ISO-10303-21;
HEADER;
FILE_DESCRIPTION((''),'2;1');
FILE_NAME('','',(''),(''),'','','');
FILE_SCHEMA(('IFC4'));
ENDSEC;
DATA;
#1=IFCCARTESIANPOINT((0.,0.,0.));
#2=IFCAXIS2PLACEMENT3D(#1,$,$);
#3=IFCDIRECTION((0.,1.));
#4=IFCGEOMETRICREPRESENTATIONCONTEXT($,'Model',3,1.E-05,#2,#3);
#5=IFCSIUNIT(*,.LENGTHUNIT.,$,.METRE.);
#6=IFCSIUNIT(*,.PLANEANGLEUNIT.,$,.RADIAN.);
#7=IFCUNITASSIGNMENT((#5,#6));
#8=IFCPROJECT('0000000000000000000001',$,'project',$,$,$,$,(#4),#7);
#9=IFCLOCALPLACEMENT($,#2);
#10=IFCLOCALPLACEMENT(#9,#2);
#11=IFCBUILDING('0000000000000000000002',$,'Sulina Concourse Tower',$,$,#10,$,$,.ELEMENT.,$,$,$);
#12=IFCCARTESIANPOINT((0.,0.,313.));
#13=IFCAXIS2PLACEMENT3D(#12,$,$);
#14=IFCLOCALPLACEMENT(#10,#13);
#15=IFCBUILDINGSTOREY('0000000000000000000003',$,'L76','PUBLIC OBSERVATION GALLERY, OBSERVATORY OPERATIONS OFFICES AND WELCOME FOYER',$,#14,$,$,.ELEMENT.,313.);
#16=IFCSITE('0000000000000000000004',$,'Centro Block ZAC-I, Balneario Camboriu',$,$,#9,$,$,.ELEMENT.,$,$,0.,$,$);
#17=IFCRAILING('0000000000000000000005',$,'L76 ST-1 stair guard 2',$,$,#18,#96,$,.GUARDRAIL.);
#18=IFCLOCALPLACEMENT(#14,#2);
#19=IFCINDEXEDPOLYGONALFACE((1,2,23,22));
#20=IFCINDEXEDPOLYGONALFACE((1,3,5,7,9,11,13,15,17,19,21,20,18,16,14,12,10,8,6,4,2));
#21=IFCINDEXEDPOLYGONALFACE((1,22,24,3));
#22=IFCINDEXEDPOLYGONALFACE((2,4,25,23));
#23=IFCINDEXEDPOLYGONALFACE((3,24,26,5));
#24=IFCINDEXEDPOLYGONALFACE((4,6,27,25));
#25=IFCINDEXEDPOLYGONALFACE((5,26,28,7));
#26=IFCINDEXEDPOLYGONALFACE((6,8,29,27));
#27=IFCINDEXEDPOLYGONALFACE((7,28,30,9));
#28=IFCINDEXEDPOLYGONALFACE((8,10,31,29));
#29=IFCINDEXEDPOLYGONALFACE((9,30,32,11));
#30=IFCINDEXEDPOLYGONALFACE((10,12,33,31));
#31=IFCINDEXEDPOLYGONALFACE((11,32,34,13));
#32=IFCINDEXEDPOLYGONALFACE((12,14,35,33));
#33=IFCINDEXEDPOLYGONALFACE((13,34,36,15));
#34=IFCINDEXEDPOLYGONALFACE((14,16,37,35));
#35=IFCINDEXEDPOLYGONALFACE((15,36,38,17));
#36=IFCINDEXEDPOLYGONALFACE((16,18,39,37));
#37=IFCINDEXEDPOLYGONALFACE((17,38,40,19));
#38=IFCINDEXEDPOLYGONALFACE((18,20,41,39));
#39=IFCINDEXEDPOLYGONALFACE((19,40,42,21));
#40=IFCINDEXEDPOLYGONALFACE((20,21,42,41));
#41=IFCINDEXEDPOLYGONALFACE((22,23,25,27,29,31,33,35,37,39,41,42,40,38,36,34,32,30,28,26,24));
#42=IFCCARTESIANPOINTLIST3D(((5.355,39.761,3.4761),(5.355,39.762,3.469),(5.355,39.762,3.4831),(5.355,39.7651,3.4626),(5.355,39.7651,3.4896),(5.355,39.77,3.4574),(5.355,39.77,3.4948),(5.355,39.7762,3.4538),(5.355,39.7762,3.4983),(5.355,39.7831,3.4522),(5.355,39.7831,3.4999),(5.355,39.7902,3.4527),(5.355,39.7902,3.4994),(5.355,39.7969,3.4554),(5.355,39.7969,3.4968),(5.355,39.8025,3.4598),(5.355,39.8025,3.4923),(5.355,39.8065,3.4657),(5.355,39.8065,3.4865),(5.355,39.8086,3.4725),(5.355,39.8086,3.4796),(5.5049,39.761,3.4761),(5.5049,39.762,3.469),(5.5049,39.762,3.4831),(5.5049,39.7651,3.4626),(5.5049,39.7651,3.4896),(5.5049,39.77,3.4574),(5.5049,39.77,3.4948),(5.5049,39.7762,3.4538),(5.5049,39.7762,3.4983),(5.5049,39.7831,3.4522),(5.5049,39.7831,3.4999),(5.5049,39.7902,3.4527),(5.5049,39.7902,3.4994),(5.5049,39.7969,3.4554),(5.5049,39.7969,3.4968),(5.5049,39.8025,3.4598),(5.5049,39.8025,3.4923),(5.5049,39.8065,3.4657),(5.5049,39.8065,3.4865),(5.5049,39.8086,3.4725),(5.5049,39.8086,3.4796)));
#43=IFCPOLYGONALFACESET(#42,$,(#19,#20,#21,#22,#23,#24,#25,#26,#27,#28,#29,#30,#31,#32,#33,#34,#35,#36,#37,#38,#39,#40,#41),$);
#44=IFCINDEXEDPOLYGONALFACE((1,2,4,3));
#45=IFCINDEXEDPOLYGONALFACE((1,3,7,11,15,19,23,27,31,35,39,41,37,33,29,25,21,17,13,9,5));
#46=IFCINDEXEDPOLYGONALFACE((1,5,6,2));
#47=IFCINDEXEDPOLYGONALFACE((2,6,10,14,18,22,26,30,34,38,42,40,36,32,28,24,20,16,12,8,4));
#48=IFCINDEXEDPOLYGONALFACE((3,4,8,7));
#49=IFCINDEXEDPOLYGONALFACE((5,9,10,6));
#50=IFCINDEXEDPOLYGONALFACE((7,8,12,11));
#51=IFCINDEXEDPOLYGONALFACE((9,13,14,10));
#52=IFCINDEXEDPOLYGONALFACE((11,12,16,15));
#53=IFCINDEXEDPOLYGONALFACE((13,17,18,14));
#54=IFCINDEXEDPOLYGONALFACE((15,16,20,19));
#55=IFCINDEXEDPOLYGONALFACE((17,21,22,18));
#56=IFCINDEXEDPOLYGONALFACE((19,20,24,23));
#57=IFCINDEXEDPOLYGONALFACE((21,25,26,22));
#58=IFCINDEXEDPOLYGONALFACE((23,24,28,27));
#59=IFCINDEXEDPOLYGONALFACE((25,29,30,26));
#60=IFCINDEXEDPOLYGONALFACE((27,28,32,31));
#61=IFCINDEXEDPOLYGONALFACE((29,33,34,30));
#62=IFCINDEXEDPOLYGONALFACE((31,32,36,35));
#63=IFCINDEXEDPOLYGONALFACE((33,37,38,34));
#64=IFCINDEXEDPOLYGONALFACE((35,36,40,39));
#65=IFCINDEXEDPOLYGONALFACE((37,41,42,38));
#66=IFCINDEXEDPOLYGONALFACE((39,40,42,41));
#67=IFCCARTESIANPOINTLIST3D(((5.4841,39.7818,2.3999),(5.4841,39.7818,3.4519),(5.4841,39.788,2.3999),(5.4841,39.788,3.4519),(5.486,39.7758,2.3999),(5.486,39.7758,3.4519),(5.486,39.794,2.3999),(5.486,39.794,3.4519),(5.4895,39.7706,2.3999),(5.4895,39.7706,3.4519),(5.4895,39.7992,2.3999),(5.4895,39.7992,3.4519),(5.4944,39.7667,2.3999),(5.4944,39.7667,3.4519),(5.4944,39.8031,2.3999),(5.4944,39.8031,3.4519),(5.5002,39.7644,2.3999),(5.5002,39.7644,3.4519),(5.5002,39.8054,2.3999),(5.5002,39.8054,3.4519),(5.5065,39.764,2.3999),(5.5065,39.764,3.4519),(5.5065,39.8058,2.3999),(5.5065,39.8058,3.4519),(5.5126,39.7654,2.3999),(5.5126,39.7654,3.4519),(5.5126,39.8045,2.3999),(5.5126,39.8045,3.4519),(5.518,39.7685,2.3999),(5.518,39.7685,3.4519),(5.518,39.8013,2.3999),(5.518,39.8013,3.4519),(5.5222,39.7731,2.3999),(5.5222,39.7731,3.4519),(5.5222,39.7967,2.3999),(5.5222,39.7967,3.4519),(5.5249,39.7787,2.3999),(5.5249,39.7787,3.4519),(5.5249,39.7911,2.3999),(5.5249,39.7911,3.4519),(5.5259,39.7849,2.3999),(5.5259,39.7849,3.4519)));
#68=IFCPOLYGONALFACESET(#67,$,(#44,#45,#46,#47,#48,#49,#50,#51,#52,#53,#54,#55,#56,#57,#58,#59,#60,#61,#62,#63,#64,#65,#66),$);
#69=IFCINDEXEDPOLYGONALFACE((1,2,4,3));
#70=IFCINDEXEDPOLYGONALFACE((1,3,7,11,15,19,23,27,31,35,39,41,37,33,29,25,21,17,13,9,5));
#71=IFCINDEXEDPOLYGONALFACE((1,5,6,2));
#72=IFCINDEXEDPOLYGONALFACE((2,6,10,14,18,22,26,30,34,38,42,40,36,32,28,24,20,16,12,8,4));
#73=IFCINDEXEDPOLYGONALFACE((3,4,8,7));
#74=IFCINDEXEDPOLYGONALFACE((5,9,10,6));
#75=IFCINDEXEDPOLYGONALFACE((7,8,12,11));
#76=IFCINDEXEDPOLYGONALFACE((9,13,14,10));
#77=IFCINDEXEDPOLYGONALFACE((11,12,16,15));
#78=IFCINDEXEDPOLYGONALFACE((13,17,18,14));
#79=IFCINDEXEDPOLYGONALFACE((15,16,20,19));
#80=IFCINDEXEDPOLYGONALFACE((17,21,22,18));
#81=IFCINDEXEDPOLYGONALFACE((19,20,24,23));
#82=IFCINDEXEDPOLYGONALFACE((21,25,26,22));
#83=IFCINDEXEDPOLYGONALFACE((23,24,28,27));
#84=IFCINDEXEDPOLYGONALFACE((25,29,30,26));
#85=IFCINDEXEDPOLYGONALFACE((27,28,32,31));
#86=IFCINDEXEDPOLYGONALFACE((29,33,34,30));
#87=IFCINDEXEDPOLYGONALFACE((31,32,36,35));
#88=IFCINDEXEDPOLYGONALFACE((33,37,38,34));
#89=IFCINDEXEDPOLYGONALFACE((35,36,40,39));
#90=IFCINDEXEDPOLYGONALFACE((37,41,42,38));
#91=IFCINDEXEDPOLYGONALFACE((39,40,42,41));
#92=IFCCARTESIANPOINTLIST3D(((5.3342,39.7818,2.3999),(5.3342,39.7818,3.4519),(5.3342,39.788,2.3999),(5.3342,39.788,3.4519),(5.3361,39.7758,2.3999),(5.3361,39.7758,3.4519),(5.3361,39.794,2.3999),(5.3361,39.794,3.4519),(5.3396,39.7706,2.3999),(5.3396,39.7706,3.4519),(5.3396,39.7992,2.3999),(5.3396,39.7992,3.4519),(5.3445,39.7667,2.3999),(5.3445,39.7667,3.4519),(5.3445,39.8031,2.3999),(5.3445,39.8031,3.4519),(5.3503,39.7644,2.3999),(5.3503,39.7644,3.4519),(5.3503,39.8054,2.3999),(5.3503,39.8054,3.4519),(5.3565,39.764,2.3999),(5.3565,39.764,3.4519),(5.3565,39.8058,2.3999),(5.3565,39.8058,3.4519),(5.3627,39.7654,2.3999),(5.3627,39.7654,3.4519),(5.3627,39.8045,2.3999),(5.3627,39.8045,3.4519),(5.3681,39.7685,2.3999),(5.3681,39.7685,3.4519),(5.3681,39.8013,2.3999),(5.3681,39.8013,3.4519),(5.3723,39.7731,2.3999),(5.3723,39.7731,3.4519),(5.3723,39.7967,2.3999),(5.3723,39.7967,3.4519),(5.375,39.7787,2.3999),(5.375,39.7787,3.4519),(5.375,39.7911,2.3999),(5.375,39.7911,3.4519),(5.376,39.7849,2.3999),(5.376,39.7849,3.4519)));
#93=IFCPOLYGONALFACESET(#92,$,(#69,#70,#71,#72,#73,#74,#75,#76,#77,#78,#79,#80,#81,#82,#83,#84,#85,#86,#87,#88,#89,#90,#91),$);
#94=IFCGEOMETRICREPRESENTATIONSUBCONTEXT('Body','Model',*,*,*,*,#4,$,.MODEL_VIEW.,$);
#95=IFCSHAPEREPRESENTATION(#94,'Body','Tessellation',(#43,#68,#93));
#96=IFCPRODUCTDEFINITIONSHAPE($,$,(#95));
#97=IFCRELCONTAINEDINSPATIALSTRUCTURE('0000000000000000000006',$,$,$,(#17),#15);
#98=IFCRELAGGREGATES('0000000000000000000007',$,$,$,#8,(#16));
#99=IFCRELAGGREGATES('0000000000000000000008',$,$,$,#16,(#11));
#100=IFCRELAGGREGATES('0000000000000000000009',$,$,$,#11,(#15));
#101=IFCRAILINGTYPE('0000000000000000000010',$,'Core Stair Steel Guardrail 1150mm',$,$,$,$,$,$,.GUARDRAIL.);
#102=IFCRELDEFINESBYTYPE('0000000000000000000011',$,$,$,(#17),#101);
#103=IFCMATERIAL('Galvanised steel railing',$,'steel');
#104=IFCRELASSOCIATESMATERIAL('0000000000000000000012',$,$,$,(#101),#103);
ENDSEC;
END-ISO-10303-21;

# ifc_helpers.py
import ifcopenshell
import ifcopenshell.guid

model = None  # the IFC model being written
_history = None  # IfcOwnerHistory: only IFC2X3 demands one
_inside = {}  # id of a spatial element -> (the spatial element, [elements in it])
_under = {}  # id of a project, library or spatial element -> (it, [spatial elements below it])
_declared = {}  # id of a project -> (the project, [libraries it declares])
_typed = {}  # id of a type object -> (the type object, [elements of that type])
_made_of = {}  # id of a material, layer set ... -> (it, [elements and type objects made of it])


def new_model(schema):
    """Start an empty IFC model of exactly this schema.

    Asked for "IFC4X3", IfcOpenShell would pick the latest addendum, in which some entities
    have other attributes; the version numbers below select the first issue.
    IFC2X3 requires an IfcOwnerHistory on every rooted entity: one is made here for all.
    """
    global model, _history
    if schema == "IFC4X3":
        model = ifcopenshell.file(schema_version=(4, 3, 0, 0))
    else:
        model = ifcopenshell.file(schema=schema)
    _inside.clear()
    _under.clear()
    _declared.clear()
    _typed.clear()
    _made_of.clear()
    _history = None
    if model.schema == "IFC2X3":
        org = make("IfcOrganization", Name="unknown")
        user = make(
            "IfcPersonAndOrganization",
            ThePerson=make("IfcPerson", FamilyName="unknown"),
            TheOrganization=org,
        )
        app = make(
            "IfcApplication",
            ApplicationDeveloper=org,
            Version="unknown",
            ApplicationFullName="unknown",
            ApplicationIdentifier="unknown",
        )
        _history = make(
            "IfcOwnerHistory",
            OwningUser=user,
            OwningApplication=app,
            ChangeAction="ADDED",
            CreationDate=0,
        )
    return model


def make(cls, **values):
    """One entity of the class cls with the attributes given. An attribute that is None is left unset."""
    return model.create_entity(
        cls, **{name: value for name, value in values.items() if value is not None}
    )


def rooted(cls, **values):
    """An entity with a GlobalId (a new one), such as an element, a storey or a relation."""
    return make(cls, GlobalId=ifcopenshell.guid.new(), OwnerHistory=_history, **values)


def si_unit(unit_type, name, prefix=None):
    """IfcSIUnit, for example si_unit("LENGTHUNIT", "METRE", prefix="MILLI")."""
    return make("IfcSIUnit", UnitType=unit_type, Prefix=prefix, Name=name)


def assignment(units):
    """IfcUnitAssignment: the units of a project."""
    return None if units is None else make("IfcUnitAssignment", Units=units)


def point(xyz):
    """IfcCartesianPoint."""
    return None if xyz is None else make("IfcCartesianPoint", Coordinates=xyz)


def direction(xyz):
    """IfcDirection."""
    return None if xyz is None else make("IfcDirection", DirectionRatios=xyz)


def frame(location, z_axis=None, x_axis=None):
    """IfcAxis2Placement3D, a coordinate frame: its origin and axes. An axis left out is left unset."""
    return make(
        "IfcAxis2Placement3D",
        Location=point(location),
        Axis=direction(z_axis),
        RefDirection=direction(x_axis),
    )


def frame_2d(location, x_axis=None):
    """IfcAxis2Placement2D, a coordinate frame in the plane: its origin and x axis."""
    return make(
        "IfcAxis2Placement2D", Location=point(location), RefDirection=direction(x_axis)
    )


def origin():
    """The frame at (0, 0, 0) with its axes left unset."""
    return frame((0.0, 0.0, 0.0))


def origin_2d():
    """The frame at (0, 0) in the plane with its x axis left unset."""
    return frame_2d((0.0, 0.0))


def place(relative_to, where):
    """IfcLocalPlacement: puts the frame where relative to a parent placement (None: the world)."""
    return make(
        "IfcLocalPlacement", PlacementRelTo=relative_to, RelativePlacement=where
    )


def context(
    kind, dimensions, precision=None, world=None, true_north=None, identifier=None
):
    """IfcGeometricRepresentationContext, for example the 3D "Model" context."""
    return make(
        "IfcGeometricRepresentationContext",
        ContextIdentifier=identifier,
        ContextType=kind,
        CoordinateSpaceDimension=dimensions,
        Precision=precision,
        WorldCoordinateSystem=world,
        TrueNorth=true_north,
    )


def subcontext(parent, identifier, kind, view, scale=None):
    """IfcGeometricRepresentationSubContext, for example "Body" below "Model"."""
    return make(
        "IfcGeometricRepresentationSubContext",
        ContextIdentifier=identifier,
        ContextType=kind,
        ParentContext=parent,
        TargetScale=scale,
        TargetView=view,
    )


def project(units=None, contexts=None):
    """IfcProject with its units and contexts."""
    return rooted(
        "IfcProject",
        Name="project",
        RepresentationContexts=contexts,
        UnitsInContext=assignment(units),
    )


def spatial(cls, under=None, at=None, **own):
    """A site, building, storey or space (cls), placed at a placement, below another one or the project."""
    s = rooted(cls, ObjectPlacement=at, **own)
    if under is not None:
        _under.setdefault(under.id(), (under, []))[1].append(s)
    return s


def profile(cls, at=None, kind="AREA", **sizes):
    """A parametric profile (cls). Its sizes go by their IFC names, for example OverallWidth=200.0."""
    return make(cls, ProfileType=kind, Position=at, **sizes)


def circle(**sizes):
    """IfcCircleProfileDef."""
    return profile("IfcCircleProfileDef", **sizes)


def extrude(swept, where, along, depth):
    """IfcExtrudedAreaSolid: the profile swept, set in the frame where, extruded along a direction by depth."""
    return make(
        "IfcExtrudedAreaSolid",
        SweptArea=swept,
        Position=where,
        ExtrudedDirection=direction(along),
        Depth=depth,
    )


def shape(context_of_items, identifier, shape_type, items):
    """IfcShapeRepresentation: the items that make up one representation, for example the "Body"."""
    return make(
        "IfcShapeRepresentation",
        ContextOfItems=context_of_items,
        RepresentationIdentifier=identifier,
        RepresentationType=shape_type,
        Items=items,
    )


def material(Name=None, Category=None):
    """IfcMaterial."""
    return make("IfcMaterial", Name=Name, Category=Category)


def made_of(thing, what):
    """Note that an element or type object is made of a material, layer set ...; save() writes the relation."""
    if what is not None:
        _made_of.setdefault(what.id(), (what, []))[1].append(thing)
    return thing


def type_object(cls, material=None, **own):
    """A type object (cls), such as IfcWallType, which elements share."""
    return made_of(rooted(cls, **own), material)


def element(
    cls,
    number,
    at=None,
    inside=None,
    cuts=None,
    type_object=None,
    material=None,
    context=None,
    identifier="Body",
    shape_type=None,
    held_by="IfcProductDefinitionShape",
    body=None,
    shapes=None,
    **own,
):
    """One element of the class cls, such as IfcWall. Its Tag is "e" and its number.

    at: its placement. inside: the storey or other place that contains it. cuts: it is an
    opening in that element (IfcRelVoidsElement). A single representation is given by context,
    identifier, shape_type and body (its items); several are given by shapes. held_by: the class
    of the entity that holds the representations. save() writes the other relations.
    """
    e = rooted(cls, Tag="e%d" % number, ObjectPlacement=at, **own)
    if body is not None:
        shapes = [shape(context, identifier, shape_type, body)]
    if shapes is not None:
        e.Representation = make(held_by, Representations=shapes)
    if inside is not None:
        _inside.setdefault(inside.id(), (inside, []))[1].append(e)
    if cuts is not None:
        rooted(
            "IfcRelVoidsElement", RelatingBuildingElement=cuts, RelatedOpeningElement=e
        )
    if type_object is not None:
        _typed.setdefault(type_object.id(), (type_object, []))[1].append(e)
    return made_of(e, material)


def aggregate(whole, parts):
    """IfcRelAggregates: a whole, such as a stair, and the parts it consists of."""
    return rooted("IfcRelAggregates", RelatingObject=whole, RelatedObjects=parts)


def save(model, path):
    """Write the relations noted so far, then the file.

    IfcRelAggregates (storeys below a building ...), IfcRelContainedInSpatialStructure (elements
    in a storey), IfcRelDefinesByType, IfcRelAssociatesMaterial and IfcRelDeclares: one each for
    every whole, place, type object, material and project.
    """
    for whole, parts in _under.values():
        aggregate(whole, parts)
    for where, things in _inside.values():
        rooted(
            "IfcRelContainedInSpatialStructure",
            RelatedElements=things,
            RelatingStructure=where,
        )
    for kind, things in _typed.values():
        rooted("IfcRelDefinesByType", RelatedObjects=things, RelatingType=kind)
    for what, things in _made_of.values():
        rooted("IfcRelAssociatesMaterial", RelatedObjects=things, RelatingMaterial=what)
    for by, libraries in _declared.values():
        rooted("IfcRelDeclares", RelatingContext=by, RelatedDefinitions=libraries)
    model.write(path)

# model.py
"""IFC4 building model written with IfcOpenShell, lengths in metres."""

from ifc_helpers import new_model, si_unit, direction, frame, origin, origin_2d, place, context, subcontext, project, spatial, circle, extrude, material, type_object, element, save


model = new_model("IFC4")

# Units and contexts
model_context = context("Model", 3, precision=1e-05, world=origin(), true_north=direction((0.0, 1.0)))
body_context = subcontext(model_context, "Body", "Model", "MODEL_VIEW")
ifc_project = project(units=[si_unit("LENGTHUNIT", "METRE"), si_unit("PLANEANGLEUNIT", "RADIAN")], contexts=[model_context])

# Site, building, storey
site_placement = place(None, origin())
site = spatial("IfcSite", under=ifc_project, at=site_placement, Name="Centro Block ZAC-I, Balneario Camboriu", CompositionType="ELEMENT", RefElevation=0.0)
building_placement = place(site_placement, origin())
building = spatial("IfcBuilding", under=site, at=building_placement, Name="Sulina Concourse Tower", CompositionType="ELEMENT")
storey_placement = place(building_placement, frame((0.0, 0.0, 313.0)))
storey = spatial("IfcBuildingStorey", under=building, at=storey_placement, Name="L76", Description="PUBLIC OBSERVATION GALLERY, OBSERVATORY OPERATIONS OFFICES AND WELCOME FOYER", CompositionType="ELEMENT", Elevation=313.0)

# Railing
ifc_material_1 = material(Name="Galvanised steel railing", Category="steel")
railing_type_1 = type_object("IfcRailingType", Name="Core Stair Steel Guardrail 1150mm", PredefinedType="GUARDRAIL", material=ifc_material_1)
railing_1_placement = place(storey_placement, frame((5.5049, 39.7849, 2.3999)))
element("IfcRailing", 1, at=railing_1_placement, inside=storey, type_object=railing_type_1, Name="L76 ST-1 stair guard 2", PredefinedType="GUARDRAIL", context=body_context, shape_type="SweptSolid", body=[
    extrude(circle(Radius=0.0239, at=origin_2d()), frame((0.0, 0.0, 1.0762), z_axis=(-1.0, 0.0, 0.0), x_axis=(0.0, -1.0, 0.0)), (0.0, 0.0, 1.0), 0.1499),
    extrude(circle(Radius=0.021, at=origin_2d()), origin(), (0.0, 0.0, 1.0), 1.052),
    extrude(circle(Radius=0.021, at=origin_2d()), frame((-0.1499, 0.0, 0.0)), (0.0, 0.0, 1.0), 1.052),
])

save(model, "model.ifc")
